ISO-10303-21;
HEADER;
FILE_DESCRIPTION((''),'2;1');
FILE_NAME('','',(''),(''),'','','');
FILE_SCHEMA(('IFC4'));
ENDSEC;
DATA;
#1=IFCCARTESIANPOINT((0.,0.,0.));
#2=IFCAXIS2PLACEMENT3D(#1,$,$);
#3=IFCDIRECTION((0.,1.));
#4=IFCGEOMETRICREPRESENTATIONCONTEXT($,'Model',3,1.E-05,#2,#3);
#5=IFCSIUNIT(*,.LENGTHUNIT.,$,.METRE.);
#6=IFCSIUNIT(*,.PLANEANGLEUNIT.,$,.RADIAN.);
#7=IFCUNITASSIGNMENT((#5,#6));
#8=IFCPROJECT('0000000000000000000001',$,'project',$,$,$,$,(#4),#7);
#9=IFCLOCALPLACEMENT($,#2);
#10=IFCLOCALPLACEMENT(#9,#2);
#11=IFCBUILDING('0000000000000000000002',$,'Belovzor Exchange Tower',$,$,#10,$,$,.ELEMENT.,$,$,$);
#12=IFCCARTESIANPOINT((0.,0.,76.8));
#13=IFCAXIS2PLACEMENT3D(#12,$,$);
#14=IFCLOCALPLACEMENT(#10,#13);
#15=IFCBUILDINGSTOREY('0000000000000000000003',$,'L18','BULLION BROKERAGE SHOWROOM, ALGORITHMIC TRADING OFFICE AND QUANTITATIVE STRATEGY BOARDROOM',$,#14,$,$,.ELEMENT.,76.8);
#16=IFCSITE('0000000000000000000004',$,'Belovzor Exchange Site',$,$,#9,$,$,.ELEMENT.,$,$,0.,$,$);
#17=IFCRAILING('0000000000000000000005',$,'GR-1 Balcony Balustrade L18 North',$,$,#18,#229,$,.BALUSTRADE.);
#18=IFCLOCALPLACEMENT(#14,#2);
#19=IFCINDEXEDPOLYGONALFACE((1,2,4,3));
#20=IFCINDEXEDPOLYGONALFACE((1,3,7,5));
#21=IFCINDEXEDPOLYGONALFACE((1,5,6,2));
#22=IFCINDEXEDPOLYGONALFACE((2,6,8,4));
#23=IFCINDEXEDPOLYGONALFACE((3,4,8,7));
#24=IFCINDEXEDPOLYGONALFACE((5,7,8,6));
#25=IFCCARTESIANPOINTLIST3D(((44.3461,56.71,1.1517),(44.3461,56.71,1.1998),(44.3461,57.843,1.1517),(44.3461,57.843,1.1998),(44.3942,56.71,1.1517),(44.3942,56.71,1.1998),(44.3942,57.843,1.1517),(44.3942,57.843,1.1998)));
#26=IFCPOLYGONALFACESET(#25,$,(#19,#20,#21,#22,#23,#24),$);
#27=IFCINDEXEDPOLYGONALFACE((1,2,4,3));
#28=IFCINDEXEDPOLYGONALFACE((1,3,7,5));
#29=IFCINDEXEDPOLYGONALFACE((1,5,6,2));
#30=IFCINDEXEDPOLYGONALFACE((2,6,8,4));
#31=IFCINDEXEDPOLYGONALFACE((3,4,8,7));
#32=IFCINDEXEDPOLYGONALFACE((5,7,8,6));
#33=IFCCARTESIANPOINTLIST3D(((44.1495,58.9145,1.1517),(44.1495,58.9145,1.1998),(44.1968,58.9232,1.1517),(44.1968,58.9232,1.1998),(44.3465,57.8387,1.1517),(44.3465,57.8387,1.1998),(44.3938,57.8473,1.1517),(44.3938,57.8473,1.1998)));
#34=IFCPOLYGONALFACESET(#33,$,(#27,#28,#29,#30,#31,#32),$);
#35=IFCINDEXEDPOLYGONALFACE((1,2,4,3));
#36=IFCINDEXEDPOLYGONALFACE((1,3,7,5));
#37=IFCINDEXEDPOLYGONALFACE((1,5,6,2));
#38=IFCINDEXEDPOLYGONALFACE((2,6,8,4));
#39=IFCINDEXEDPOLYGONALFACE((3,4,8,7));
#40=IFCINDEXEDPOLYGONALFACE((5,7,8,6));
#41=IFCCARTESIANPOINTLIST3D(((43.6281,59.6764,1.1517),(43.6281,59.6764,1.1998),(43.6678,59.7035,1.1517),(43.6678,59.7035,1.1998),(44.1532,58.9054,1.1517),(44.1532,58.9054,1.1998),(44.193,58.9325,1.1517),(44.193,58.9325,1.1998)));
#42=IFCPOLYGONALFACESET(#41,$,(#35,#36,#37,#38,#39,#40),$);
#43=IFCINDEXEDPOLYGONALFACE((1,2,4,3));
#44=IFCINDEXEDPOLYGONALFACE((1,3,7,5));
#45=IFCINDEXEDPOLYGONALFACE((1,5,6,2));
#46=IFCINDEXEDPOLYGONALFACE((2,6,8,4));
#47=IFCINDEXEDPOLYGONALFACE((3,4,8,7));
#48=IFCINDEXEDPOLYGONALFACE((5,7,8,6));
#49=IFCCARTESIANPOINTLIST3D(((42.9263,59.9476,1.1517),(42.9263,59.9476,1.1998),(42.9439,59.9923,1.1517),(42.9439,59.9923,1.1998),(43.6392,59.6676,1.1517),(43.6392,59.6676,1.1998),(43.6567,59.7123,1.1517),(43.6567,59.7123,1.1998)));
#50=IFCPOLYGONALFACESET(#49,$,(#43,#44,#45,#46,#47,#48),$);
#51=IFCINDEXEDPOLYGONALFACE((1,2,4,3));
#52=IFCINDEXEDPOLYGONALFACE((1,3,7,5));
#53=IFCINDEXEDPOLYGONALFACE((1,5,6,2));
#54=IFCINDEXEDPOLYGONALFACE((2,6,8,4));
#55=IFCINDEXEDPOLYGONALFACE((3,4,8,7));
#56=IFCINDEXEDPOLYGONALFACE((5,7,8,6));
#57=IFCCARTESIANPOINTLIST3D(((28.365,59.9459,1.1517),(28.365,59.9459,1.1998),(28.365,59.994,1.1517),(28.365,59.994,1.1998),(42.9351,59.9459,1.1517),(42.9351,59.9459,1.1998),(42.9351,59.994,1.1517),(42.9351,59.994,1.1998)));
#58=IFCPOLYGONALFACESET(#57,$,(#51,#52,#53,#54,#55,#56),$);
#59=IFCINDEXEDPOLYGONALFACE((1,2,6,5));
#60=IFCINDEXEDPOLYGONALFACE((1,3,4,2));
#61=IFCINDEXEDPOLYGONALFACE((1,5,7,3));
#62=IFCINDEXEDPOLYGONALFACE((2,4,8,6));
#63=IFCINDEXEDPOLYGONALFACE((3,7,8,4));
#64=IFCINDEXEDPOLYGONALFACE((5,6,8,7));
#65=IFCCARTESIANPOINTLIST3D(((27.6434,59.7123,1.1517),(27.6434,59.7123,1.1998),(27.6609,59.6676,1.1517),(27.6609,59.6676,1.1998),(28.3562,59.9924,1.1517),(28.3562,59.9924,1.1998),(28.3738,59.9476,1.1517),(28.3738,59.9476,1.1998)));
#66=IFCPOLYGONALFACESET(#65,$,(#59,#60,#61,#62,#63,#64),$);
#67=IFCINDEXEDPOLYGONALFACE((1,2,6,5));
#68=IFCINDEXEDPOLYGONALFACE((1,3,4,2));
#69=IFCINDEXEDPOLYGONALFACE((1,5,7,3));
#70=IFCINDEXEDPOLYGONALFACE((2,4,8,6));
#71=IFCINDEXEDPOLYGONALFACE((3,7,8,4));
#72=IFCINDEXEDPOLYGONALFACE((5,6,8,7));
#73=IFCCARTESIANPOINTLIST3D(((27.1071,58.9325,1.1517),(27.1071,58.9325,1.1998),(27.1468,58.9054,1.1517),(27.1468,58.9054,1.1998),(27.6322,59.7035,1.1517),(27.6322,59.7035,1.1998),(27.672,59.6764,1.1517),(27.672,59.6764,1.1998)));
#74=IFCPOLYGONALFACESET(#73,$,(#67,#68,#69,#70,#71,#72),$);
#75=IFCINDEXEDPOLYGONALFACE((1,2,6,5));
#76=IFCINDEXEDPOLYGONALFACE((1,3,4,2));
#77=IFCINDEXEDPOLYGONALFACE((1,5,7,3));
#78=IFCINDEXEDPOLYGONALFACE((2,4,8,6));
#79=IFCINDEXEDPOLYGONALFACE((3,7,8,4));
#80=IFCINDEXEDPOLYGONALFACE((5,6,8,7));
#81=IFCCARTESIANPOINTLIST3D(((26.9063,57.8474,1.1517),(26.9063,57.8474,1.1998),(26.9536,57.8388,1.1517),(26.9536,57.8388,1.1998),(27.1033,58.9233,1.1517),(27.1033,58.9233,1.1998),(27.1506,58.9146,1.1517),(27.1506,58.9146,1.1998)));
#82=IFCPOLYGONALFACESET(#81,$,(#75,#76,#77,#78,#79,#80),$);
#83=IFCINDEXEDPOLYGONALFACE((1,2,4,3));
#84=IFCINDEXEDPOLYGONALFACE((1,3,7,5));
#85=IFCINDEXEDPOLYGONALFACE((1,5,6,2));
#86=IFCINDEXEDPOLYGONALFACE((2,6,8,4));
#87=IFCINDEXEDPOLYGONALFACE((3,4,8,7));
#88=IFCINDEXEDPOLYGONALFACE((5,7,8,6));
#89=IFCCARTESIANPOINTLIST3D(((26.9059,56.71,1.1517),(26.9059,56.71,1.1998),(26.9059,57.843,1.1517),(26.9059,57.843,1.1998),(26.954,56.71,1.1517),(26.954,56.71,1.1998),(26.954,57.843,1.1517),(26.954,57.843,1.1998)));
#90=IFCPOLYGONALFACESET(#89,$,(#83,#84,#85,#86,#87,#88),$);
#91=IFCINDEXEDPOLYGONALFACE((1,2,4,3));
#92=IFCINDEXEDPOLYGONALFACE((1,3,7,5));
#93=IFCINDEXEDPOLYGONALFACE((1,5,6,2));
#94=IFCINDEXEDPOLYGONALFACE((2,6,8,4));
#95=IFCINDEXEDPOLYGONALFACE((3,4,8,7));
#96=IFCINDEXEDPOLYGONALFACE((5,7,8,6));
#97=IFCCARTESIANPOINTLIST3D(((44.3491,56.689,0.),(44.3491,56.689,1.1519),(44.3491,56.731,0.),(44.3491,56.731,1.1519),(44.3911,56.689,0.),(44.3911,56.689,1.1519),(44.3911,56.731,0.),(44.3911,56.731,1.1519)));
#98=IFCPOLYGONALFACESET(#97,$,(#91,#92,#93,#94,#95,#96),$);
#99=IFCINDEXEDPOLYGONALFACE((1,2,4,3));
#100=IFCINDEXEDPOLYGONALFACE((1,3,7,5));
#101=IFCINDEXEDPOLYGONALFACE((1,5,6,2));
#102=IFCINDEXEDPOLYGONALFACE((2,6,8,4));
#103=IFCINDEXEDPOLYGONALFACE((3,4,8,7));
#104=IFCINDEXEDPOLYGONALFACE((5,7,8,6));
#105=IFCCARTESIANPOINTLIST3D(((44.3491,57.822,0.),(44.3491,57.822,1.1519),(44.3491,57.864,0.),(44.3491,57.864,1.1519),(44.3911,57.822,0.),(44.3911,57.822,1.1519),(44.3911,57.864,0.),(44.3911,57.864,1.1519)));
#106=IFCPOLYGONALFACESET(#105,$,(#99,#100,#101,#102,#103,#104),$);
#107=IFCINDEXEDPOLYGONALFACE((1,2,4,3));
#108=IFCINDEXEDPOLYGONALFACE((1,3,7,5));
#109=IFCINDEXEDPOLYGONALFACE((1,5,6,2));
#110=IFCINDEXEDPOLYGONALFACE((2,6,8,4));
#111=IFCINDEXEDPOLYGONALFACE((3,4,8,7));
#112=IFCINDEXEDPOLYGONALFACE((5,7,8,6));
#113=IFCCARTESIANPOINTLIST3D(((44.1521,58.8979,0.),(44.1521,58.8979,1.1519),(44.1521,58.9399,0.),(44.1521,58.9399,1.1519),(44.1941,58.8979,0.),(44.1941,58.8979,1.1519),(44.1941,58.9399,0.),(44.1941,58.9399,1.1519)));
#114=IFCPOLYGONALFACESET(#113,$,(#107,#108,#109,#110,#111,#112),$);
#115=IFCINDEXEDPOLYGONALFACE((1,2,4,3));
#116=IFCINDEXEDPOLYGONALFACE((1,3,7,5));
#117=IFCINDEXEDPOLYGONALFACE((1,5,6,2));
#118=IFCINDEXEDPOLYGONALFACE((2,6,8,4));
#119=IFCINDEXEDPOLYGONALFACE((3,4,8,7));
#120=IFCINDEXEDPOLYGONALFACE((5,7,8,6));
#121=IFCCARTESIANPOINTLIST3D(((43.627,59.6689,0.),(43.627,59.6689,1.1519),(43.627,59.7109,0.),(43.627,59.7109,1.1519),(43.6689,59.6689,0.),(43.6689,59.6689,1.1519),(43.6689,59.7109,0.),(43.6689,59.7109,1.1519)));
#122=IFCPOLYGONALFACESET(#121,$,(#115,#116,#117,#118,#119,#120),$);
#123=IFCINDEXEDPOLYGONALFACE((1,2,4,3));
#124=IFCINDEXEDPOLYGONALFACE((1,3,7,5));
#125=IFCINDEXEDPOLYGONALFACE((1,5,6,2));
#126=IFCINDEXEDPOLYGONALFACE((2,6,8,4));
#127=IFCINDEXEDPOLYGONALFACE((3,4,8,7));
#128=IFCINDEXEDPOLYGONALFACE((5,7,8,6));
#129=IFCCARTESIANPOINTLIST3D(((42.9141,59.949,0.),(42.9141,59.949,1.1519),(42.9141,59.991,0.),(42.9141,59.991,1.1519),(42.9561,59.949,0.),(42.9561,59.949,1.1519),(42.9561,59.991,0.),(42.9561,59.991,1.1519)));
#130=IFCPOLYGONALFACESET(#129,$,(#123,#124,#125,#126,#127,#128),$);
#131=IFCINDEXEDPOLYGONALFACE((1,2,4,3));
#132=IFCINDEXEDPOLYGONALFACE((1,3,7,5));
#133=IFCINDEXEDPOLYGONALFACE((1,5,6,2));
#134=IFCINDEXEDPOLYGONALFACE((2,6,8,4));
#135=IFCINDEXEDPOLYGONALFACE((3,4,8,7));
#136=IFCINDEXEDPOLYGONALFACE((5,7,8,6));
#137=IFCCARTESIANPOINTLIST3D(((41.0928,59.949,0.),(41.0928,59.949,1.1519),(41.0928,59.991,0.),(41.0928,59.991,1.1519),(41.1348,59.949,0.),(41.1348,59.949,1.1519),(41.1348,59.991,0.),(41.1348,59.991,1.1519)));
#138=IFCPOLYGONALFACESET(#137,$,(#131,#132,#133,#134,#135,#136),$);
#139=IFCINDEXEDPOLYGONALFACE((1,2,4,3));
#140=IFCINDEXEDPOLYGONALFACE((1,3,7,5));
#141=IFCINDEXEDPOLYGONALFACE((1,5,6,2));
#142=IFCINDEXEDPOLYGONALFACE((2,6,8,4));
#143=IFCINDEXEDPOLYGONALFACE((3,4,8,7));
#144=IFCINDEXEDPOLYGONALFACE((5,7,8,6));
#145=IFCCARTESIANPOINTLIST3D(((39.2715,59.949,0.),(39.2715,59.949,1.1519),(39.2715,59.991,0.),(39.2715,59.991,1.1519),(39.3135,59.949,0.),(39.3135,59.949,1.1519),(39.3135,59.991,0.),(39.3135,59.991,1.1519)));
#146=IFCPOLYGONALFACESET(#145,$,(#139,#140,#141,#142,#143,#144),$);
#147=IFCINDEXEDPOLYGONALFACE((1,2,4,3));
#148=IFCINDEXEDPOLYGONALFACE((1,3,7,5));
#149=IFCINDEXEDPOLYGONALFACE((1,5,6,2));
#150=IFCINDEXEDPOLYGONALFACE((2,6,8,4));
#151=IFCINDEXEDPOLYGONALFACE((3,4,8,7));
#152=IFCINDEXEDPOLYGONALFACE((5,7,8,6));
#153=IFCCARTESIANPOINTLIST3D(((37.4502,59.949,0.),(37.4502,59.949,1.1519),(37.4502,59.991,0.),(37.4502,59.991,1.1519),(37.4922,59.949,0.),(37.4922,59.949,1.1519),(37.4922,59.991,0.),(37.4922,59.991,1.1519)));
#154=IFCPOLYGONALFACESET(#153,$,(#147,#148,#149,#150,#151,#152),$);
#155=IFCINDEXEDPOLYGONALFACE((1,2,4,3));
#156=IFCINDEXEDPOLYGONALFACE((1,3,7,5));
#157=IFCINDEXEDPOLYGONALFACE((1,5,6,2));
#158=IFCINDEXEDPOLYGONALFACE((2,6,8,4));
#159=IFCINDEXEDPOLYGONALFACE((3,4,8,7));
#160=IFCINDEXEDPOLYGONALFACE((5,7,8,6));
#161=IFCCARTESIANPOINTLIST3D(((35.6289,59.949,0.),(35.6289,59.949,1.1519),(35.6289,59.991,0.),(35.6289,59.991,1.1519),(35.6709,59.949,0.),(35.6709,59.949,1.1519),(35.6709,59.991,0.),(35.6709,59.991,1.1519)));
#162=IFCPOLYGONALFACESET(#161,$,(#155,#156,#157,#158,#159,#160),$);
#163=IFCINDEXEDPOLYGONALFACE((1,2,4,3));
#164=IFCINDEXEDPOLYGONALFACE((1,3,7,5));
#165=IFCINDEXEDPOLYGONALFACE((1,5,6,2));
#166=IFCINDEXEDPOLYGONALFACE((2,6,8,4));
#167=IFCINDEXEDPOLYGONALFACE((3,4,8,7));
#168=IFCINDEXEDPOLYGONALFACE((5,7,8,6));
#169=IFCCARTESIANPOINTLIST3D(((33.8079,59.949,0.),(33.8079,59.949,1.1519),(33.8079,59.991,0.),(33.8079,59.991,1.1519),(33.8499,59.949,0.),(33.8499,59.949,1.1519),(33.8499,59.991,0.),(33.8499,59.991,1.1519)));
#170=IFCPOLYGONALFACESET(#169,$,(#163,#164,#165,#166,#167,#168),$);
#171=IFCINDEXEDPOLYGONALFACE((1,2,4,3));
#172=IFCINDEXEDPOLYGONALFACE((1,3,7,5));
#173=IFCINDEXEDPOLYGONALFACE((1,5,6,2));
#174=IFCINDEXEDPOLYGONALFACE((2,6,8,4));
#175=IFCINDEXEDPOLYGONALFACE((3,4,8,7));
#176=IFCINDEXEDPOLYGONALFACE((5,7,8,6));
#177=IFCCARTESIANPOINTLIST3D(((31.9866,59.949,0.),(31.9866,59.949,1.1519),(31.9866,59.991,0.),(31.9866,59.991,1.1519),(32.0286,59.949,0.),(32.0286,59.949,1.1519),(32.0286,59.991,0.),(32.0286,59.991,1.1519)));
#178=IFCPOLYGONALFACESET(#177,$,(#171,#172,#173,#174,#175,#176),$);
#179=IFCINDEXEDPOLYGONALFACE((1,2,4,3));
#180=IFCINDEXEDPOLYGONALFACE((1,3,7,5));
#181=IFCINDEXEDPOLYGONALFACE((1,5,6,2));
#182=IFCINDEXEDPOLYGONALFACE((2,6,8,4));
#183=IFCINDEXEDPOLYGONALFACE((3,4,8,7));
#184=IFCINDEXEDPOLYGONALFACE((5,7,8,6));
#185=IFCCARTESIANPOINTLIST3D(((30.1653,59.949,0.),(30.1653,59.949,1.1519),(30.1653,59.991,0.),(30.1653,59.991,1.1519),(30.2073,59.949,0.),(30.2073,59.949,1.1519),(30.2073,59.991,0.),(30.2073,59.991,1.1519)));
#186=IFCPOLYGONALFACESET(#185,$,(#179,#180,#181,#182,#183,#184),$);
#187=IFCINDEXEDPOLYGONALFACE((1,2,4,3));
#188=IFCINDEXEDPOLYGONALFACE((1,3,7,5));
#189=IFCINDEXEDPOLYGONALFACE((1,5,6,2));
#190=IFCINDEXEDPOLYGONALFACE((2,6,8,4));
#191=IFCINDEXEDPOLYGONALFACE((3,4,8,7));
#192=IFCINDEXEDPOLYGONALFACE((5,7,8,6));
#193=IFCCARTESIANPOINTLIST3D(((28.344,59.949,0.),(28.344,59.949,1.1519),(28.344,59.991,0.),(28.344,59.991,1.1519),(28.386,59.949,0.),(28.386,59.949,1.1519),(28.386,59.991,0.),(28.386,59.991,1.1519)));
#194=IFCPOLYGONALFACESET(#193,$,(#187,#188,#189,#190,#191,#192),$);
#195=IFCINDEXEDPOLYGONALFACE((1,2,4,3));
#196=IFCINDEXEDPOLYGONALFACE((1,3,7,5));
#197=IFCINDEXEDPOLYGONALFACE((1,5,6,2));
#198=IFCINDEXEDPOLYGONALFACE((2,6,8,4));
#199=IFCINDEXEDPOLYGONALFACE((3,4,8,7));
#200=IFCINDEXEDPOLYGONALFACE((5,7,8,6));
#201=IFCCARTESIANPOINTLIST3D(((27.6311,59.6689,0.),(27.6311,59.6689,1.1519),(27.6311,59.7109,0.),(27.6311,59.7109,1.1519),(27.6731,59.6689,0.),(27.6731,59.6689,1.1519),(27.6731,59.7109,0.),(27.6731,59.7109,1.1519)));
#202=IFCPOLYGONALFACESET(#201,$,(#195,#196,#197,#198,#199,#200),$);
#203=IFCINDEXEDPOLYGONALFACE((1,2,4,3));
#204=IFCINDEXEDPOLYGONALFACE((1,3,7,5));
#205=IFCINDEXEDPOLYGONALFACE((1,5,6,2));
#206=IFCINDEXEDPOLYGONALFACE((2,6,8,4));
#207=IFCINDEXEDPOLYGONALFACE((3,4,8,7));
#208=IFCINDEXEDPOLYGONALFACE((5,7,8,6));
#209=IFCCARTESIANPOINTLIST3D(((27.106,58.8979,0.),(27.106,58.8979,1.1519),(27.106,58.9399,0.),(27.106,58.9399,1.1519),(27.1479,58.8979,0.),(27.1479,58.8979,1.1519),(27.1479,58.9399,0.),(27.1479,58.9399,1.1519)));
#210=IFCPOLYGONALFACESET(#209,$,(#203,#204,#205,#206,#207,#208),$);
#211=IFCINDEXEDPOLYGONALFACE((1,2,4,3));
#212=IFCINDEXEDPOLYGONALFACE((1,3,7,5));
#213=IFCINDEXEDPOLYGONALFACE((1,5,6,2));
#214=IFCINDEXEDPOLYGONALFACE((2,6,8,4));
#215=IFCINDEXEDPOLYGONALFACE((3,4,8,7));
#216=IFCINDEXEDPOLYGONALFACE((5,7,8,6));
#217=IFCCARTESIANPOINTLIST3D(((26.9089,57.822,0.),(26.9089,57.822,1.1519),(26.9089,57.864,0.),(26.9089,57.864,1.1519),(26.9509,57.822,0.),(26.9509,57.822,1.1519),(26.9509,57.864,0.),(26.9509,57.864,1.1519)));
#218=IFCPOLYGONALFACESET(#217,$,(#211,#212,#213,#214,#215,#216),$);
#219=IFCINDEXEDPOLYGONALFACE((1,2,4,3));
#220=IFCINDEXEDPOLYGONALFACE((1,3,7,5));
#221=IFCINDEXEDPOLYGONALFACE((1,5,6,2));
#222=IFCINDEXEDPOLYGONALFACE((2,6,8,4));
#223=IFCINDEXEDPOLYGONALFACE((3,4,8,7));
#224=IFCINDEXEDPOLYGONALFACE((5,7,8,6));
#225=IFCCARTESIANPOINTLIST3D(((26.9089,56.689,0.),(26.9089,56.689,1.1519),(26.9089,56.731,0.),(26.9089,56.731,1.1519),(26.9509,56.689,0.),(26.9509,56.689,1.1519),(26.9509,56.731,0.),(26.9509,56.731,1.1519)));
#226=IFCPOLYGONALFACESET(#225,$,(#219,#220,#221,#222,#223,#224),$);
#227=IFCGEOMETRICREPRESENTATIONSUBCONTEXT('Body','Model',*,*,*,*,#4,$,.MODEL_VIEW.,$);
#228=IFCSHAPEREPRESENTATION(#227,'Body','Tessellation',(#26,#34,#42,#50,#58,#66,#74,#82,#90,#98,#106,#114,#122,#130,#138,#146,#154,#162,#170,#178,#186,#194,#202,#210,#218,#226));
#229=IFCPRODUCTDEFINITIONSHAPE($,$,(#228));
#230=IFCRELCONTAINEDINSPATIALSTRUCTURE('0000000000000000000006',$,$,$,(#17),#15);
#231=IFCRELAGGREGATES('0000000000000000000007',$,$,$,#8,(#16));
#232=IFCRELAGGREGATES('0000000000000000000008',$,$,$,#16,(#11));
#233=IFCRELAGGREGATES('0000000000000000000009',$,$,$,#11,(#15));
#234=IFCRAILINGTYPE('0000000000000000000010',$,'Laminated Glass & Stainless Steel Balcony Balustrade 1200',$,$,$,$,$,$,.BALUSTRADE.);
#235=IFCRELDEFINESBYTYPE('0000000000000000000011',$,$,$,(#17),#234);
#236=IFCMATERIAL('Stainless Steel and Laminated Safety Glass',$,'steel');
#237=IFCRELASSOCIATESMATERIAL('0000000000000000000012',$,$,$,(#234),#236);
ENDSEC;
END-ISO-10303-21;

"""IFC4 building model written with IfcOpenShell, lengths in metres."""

from ifc_helpers import new_model, si_unit, direction, frame, origin, origin_2d, place, context, subcontext, project, spatial, rectangle, extrude, material, type_object, element, save


model = new_model("IFC4")

# Units and contexts
model_context = context("Model", 3, precision=1e-05, world=origin(), true_north=direction((0.0, 1.0)))
body_context = subcontext(model_context, "Body", "Model", "MODEL_VIEW")
ifc_project = project(units=[si_unit("LENGTHUNIT", "METRE"), si_unit("PLANEANGLEUNIT", "RADIAN")], contexts=[model_context])

# Site, building, storey
site_placement = place(None, origin())
site = spatial("IfcSite", under=ifc_project, at=site_placement, Name="Belovzor Exchange Site", CompositionType="ELEMENT", RefElevation=0.0)
building_placement = place(site_placement, origin())
building = spatial("IfcBuilding", under=site, at=building_placement, Name="Belovzor Exchange Tower", CompositionType="ELEMENT")
storey_placement = place(building_placement, frame((0.0, 0.0, 76.8)))
storey = spatial("IfcBuildingStorey", under=building, at=storey_placement, Name="L18", Description="BULLION BROKERAGE SHOWROOM, ALGORITHMIC TRADING OFFICE AND QUANTITATIVE STRATEGY BOARDROOM", CompositionType="ELEMENT", Elevation=76.8)

# Railing
ifc_material_1 = material(Name="Stainless Steel and Laminated Safety Glass", Category="steel")
railing_type = type_object("IfcRailingType", Name="Laminated Glass & Stainless Steel Balcony Balustrade 1200", PredefinedType="BALUSTRADE", material=ifc_material_1)
railing_placement = place(storey_placement, frame((44.3701, 56.71, 0.0)))
element("IfcRailing", 1, at=railing_placement, inside=storey, type_object=railing_type, Name="GR-1 Balcony Balustrade L18 North", PredefinedType="BALUSTRADE", context=body_context, shape_type="SweptSolid", body=[
    extrude(rectangle(XDim=0.0481, YDim=0.0481, at=origin_2d()), frame((0.0, 0.0, 1.1758), z_axis=(0.0, 1.0, 0.0), x_axis=(-1.0, 0.0, 0.0)), (0.0, 0.0, 1.0), 1.1331),
    extrude(rectangle(XDim=0.0481, YDim=0.0481, at=origin_2d()), frame((0.0, 1.1331, 1.1758), z_axis=(-0.180123, 0.983644, 0.0), x_axis=(-0.983644, -0.180123, 0.0)), (0.0, 0.0, 1.0), 1.0938),
    extrude(rectangle(XDim=0.0481, YDim=0.0481, at=origin_2d()), frame((-0.197, 2.209, 1.1758), z_axis=(-0.562947, 0.826493, 0.0), x_axis=(-0.826493, -0.562947, 0.0)), (0.0, 0.0, 1.0), 0.9329),
    extrude(rectangle(XDim=0.0481, YDim=0.0481, at=origin_2d()), frame((-0.7222, 2.98, 1.1758), z_axis=(-0.930767, 0.365613, 0.0), x_axis=(-0.365613, -0.930767, 0.0)), (0.0, 0.0, 1.0), 0.7659),
    extrude(rectangle(XDim=0.0481, YDim=0.0481, at=origin_2d()), frame((-1.4351, 3.26, 1.1758), z_axis=(-1.0, 0.0, 0.0), x_axis=(0.0, -1.0, 0.0)), (0.0, 0.0, 1.0), 14.5701),
    extrude(rectangle(XDim=0.0481, YDim=0.0481, at=origin_2d()), frame((-16.0051, 3.26, 1.1758), z_axis=(-0.930767, -0.365613, 0.0), x_axis=(0.365613, -0.930767, 0.0)), (0.0, 0.0, 1.0), 0.7659),
    extrude(rectangle(XDim=0.0481, YDim=0.0481, at=origin_2d()), frame((-16.718, 2.98, 1.1758), z_axis=(-0.562947, -0.826493, 0.0), x_axis=(0.826493, -0.562947, 0.0)), (0.0, 0.0, 1.0), 0.9329),
    extrude(rectangle(XDim=0.0481, YDim=0.0481, at=origin_2d()), frame((-17.2432, 2.209, 1.1758), z_axis=(-0.180123, -0.983644, 0.0), x_axis=(0.983644, -0.180123, 0.0)), (0.0, 0.0, 1.0), 1.0938),
    extrude(rectangle(XDim=0.0481, YDim=0.0481, at=origin_2d()), frame((-17.4402, 1.1331, 1.1758), z_axis=(0.0, -1.0, 0.0), x_axis=(1.0, 0.0, 0.0)), (0.0, 0.0, 1.0), 1.1331),
    extrude(rectangle(XDim=0.042, YDim=0.042, at=origin_2d()), origin(), (0.0, 0.0, 1.0), 1.1519),
    extrude(rectangle(XDim=0.042, YDim=0.042, at=origin_2d()), frame((0.0, 1.1331, 0.0)), (0.0, 0.0, 1.0), 1.1519),
    extrude(rectangle(XDim=0.042, YDim=0.042, at=origin_2d()), frame((-0.197, 2.209, 0.0)), (0.0, 0.0, 1.0), 1.1519),
    extrude(rectangle(XDim=0.042, YDim=0.042, at=origin_2d()), frame((-0.7222, 2.98, 0.0)), (0.0, 0.0, 1.0), 1.1519),
    extrude(rectangle(XDim=0.042, YDim=0.042, at=origin_2d()), frame((-1.4351, 3.26, 0.0)), (0.0, 0.0, 1.0), 1.1519),
    extrude(rectangle(XDim=0.042, YDim=0.042, at=origin_2d()), frame((-3.2563, 3.26, 0.0)), (0.0, 0.0, 1.0), 1.1519),
    extrude(rectangle(XDim=0.042, YDim=0.042, at=origin_2d()), frame((-5.0776, 3.26, 0.0)), (0.0, 0.0, 1.0), 1.1519),
    extrude(rectangle(XDim=0.042, YDim=0.042, at=origin_2d()), frame((-6.8989, 3.26, 0.0)), (0.0, 0.0, 1.0), 1.1519),
    extrude(rectangle(XDim=0.042, YDim=0.042, at=origin_2d()), frame((-8.7202, 3.26, 0.0)), (0.0, 0.0, 1.0), 1.1519),
    extrude(rectangle(XDim=0.042, YDim=0.042, at=origin_2d()), frame((-10.5413, 3.26, 0.0)), (0.0, 0.0, 1.0), 1.1519),
    extrude(rectangle(XDim=0.042, YDim=0.042, at=origin_2d()), frame((-12.3625, 3.26, 0.0)), (0.0, 0.0, 1.0), 1.1519),
    extrude(rectangle(XDim=0.042, YDim=0.042, at=origin_2d()), frame((-14.1838, 3.26, 0.0)), (0.0, 0.0, 1.0), 1.1519),
    extrude(rectangle(XDim=0.042, YDim=0.042, at=origin_2d()), frame((-16.0051, 3.26, 0.0)), (0.0, 0.0, 1.0), 1.1519),
    extrude(rectangle(XDim=0.042, YDim=0.042, at=origin_2d()), frame((-16.718, 2.98, 0.0)), (0.0, 0.0, 1.0), 1.1519),
    extrude(rectangle(XDim=0.042, YDim=0.042, at=origin_2d()), frame((-17.2432, 2.209, 0.0)), (0.0, 0.0, 1.0), 1.1519),
    extrude(rectangle(XDim=0.042, YDim=0.042, at=origin_2d()), frame((-17.4402, 1.1331, 0.0)), (0.0, 0.0, 1.0), 1.1519),
    extrude(rectangle(XDim=0.042, YDim=0.042, at=origin_2d()), frame((-17.4402, 0.0, 0.0)), (0.0, 0.0, 1.0), 1.1519),
])

save(model, "model.ifc")
